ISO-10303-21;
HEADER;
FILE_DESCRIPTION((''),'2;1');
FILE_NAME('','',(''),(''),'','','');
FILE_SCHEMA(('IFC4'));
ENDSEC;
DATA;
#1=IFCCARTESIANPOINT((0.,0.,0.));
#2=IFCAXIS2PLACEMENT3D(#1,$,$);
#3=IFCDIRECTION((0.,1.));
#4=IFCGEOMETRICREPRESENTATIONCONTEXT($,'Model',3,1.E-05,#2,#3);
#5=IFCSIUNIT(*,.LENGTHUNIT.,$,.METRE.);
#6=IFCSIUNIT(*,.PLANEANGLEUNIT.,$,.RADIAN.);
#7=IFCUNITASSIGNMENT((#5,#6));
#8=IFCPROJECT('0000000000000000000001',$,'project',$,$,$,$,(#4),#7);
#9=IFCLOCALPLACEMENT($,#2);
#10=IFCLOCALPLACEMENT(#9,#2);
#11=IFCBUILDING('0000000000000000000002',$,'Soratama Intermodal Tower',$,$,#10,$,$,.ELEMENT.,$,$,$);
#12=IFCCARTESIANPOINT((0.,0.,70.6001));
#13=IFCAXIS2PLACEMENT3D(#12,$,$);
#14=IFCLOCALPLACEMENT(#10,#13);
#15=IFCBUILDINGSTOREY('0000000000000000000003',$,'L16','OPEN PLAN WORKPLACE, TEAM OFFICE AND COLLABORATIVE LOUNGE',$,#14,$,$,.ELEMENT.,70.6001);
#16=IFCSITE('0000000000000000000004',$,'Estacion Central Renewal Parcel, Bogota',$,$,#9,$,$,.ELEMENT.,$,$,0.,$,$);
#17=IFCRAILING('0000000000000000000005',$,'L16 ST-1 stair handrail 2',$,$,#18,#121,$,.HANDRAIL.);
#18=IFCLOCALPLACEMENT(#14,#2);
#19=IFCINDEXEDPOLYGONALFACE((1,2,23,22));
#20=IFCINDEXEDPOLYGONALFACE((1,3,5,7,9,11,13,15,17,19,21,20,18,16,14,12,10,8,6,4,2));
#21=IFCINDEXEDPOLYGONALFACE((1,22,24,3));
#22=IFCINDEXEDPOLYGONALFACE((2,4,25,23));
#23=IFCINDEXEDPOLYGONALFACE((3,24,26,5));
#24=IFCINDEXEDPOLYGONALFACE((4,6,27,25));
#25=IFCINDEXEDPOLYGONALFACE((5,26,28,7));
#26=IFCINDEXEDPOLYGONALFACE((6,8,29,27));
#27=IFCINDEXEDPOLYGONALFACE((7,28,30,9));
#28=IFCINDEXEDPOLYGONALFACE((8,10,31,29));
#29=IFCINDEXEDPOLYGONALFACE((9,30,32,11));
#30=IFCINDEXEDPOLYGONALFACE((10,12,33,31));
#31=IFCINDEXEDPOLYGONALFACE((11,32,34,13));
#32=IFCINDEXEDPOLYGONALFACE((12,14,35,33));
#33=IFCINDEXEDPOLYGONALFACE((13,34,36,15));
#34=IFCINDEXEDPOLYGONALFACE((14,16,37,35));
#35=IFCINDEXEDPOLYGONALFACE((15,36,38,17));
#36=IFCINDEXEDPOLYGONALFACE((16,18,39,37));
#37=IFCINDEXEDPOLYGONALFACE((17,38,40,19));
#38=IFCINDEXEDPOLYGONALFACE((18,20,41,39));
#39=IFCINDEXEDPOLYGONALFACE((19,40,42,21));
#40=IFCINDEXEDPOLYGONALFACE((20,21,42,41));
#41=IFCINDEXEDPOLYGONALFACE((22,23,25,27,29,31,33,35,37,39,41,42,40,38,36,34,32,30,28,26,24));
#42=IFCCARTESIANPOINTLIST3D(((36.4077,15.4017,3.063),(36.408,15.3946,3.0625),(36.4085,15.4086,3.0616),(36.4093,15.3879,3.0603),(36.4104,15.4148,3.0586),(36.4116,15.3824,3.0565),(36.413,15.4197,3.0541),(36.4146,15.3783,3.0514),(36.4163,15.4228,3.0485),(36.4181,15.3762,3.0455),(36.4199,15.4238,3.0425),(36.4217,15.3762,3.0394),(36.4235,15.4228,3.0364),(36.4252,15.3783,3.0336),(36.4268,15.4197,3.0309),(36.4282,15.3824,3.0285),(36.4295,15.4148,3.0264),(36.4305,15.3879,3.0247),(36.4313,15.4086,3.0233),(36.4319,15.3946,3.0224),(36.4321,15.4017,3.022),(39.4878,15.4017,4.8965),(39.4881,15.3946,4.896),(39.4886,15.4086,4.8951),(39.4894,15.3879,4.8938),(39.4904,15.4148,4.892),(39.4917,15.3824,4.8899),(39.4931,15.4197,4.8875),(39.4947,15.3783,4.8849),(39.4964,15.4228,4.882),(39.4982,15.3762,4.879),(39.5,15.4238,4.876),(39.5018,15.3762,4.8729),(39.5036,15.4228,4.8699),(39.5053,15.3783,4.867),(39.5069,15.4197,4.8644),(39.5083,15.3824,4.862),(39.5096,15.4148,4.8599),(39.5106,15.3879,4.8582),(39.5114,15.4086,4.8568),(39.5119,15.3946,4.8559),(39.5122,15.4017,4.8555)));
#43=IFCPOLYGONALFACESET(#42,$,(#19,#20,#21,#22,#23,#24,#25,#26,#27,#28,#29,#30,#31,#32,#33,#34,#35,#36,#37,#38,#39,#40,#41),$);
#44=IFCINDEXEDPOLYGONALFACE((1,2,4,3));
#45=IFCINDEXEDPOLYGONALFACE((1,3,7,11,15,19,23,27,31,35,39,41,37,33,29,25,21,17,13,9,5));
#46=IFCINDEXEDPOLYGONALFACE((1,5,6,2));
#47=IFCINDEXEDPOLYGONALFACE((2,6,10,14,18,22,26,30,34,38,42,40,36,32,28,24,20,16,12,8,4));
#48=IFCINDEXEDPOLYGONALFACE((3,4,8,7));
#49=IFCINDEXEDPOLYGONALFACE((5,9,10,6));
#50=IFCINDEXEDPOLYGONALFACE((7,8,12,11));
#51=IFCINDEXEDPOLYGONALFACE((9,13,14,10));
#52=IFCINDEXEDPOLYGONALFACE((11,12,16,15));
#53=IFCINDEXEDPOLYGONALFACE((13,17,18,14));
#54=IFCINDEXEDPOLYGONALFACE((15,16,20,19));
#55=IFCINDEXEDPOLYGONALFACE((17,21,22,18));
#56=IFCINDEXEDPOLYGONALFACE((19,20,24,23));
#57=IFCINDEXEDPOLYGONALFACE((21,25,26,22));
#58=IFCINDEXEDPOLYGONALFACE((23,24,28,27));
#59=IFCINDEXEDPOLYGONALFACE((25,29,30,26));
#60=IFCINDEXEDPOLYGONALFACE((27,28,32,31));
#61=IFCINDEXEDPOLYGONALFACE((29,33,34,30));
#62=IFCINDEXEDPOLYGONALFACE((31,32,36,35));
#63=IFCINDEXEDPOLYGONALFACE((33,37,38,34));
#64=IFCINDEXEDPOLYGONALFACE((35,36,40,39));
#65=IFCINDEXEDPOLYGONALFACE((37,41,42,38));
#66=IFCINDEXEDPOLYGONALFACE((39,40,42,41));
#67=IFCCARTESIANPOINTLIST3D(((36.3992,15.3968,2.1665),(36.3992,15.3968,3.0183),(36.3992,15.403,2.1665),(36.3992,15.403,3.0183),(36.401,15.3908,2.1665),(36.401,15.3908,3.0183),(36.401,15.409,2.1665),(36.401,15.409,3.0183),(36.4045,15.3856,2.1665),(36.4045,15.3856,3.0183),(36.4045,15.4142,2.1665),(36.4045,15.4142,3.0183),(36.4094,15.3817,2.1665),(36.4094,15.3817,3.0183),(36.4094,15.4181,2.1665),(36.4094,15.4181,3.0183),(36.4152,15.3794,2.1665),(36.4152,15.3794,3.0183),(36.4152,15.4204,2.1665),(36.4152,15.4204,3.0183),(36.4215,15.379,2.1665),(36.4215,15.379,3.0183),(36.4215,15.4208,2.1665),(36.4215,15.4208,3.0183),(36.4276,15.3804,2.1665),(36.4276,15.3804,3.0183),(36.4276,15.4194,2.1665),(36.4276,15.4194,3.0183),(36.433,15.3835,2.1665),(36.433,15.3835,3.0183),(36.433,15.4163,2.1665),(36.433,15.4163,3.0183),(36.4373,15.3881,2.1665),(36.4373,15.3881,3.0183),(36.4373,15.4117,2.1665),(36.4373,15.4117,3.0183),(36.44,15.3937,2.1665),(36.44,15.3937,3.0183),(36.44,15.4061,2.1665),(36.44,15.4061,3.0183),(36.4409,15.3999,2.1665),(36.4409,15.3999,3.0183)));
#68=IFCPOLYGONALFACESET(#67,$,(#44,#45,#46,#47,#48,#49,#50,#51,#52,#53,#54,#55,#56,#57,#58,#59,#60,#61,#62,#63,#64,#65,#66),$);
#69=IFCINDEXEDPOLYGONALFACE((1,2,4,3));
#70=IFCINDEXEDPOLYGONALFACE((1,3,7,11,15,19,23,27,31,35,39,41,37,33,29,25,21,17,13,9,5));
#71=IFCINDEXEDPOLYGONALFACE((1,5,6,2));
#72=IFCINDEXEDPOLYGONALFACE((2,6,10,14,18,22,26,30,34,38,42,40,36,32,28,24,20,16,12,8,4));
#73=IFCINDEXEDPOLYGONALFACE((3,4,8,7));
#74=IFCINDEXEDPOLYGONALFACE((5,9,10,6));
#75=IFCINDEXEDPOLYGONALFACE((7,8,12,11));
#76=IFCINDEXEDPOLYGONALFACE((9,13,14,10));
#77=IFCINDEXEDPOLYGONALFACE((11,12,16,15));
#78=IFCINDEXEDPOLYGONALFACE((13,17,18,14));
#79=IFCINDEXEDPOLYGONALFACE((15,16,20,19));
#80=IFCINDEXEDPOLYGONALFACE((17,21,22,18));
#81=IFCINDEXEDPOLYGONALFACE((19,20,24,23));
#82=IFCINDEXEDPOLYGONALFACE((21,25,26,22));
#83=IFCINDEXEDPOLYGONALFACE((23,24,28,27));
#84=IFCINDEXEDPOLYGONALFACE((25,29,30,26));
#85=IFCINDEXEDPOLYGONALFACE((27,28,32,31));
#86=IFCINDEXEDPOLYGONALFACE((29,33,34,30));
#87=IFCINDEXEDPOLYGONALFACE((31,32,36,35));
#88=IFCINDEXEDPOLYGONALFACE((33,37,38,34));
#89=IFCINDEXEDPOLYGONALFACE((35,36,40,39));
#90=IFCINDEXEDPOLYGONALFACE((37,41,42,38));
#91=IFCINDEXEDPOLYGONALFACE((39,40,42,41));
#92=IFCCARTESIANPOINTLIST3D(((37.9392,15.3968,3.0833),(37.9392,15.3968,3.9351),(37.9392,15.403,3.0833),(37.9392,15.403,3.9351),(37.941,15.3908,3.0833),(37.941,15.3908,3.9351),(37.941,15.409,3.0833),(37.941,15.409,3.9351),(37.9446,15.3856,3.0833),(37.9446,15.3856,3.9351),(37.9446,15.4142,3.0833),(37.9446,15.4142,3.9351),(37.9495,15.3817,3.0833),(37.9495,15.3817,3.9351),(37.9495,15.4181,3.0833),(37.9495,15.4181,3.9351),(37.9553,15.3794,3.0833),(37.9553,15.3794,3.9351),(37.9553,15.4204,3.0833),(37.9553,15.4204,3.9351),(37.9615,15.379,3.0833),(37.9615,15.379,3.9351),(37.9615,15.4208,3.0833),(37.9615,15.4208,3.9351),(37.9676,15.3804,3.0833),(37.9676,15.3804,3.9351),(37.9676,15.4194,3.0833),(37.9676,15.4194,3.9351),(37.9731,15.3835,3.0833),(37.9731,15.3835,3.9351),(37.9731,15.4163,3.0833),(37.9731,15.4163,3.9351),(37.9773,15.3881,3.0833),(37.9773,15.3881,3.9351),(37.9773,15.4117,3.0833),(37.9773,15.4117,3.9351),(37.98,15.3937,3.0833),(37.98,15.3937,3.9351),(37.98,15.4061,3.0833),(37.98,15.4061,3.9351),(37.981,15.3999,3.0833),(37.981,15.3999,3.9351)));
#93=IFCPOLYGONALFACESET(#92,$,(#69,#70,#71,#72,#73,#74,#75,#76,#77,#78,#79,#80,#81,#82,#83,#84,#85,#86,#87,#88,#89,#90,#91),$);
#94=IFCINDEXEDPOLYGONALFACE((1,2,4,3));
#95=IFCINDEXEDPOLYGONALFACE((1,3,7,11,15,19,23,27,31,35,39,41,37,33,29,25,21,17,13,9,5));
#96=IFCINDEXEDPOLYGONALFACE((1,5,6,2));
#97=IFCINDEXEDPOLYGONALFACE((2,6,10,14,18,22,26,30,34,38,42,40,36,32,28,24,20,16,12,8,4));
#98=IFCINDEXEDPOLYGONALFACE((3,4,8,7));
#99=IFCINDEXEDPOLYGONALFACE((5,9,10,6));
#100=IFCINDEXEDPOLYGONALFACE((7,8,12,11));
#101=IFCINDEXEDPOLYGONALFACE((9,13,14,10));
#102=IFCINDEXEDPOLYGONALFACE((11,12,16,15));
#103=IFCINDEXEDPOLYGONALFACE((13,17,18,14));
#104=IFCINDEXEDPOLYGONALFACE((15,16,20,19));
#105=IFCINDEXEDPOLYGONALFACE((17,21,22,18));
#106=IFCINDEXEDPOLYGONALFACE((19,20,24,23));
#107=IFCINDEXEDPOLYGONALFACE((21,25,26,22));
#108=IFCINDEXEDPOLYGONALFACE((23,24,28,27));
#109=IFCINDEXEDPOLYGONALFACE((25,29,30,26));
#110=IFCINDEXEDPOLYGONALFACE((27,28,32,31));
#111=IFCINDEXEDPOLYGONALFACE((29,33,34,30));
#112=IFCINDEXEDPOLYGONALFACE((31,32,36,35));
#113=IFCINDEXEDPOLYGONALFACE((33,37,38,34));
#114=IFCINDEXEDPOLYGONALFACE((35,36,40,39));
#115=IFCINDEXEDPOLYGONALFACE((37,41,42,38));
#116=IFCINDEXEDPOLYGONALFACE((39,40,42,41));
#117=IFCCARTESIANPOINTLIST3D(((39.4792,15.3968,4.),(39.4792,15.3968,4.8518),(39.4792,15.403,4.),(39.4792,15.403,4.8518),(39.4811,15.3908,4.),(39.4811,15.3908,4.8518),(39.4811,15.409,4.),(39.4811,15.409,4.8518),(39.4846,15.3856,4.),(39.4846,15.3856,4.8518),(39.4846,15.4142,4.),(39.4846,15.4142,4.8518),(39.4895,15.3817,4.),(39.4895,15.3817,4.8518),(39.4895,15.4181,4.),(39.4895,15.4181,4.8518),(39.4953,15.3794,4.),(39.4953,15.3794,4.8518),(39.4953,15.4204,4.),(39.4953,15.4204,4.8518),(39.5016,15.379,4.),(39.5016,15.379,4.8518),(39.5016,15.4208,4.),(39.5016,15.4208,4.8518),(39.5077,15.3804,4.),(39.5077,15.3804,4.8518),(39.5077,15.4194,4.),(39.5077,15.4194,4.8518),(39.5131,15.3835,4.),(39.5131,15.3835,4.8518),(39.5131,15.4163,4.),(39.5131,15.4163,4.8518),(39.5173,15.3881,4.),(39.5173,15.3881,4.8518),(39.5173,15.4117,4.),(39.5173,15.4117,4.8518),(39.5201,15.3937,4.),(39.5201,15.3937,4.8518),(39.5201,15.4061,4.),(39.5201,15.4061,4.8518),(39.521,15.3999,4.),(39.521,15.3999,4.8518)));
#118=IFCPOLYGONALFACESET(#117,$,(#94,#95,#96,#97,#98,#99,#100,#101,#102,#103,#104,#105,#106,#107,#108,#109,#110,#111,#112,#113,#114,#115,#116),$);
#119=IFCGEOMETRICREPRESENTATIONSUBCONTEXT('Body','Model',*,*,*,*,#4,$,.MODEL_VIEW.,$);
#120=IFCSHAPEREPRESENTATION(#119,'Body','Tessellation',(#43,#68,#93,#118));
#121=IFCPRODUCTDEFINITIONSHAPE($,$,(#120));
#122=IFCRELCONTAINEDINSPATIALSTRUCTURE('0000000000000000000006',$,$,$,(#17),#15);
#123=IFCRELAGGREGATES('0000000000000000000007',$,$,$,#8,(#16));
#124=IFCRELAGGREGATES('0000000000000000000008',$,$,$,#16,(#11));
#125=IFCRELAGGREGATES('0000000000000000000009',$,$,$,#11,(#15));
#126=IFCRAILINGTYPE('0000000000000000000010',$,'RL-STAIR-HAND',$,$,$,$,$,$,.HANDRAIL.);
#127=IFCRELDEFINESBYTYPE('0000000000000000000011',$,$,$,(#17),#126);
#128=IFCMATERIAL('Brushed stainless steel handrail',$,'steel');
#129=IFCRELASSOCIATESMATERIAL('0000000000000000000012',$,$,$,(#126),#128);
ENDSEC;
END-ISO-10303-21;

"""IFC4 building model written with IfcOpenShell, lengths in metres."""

from ifc_helpers import new_model, si_unit, direction, frame, origin, origin_2d, place, context, subcontext, project, spatial, circle, extrude, material, type_object, element, save


model = new_model("IFC4")

# Units and contexts
model_context = context("Model", 3, precision=1e-05, world=origin(), true_north=direction((0.0, 1.0)))
body_context = subcontext(model_context, "Body", "Model", "MODEL_VIEW")
ifc_project = project(units=[si_unit("LENGTHUNIT", "METRE"), si_unit("PLANEANGLEUNIT", "RADIAN")], contexts=[model_context])

# Site, building, storey
site_placement = place(None, origin())
site = spatial("IfcSite", under=ifc_project, at=site_placement, Name="Estacion Central Renewal Parcel, Bogota", CompositionType="ELEMENT", RefElevation=0.0)
building_placement = place(site_placement, origin())
building = spatial("IfcBuilding", under=site, at=building_placement, Name="Soratama Intermodal Tower", CompositionType="ELEMENT")
storey_placement = place(building_placement, frame((0.0, 0.0, 70.6001)))
storey = spatial("IfcBuildingStorey", under=building, at=storey_placement, Name="L16", Description="OPEN PLAN WORKPLACE, TEAM OFFICE AND COLLABORATIVE LOUNGE", CompositionType="ELEMENT", Elevation=70.6001)

# Railing
ifc_material_1 = material(Name="Brushed stainless steel handrail", Category="steel")
railing_type_1 = type_object("IfcRailingType", Name="RL-STAIR-HAND", PredefinedType="HANDRAIL", material=ifc_material_1)
railing_1_placement = place(storey_placement, frame((36.4199, 15.3999, 2.1665)))
element("IfcRailing", 1, at=railing_1_placement, inside=storey, type_object=railing_type_1, Name="L16 ST-1 stair handrail 2", PredefinedType="HANDRAIL", context=body_context, shape_type="SweptSolid", body=[
    extrude(circle(Radius=0.0239, at=origin_2d()), frame((0.0, 0.0, 0.876), z_axis=(0.859279, 0.0, 0.511508), x_axis=(0.0, 1.0, 0.0)), (0.0, 0.0, 1.0), 3.5845),
    extrude(circle(Radius=0.021, at=origin_2d()), origin(), (0.0, 0.0, 1.0), 0.8518),
    extrude(circle(Radius=0.021, at=origin_2d()), frame((1.54, 0.0, 0.9167)), (0.0, 0.0, 1.0), 0.8518),
    extrude(circle(Radius=0.021, at=origin_2d()), frame((3.0801, 0.0, 1.8335)), (0.0, 0.0, 1.0), 0.8518),
])

save(model, "model.ifc")
